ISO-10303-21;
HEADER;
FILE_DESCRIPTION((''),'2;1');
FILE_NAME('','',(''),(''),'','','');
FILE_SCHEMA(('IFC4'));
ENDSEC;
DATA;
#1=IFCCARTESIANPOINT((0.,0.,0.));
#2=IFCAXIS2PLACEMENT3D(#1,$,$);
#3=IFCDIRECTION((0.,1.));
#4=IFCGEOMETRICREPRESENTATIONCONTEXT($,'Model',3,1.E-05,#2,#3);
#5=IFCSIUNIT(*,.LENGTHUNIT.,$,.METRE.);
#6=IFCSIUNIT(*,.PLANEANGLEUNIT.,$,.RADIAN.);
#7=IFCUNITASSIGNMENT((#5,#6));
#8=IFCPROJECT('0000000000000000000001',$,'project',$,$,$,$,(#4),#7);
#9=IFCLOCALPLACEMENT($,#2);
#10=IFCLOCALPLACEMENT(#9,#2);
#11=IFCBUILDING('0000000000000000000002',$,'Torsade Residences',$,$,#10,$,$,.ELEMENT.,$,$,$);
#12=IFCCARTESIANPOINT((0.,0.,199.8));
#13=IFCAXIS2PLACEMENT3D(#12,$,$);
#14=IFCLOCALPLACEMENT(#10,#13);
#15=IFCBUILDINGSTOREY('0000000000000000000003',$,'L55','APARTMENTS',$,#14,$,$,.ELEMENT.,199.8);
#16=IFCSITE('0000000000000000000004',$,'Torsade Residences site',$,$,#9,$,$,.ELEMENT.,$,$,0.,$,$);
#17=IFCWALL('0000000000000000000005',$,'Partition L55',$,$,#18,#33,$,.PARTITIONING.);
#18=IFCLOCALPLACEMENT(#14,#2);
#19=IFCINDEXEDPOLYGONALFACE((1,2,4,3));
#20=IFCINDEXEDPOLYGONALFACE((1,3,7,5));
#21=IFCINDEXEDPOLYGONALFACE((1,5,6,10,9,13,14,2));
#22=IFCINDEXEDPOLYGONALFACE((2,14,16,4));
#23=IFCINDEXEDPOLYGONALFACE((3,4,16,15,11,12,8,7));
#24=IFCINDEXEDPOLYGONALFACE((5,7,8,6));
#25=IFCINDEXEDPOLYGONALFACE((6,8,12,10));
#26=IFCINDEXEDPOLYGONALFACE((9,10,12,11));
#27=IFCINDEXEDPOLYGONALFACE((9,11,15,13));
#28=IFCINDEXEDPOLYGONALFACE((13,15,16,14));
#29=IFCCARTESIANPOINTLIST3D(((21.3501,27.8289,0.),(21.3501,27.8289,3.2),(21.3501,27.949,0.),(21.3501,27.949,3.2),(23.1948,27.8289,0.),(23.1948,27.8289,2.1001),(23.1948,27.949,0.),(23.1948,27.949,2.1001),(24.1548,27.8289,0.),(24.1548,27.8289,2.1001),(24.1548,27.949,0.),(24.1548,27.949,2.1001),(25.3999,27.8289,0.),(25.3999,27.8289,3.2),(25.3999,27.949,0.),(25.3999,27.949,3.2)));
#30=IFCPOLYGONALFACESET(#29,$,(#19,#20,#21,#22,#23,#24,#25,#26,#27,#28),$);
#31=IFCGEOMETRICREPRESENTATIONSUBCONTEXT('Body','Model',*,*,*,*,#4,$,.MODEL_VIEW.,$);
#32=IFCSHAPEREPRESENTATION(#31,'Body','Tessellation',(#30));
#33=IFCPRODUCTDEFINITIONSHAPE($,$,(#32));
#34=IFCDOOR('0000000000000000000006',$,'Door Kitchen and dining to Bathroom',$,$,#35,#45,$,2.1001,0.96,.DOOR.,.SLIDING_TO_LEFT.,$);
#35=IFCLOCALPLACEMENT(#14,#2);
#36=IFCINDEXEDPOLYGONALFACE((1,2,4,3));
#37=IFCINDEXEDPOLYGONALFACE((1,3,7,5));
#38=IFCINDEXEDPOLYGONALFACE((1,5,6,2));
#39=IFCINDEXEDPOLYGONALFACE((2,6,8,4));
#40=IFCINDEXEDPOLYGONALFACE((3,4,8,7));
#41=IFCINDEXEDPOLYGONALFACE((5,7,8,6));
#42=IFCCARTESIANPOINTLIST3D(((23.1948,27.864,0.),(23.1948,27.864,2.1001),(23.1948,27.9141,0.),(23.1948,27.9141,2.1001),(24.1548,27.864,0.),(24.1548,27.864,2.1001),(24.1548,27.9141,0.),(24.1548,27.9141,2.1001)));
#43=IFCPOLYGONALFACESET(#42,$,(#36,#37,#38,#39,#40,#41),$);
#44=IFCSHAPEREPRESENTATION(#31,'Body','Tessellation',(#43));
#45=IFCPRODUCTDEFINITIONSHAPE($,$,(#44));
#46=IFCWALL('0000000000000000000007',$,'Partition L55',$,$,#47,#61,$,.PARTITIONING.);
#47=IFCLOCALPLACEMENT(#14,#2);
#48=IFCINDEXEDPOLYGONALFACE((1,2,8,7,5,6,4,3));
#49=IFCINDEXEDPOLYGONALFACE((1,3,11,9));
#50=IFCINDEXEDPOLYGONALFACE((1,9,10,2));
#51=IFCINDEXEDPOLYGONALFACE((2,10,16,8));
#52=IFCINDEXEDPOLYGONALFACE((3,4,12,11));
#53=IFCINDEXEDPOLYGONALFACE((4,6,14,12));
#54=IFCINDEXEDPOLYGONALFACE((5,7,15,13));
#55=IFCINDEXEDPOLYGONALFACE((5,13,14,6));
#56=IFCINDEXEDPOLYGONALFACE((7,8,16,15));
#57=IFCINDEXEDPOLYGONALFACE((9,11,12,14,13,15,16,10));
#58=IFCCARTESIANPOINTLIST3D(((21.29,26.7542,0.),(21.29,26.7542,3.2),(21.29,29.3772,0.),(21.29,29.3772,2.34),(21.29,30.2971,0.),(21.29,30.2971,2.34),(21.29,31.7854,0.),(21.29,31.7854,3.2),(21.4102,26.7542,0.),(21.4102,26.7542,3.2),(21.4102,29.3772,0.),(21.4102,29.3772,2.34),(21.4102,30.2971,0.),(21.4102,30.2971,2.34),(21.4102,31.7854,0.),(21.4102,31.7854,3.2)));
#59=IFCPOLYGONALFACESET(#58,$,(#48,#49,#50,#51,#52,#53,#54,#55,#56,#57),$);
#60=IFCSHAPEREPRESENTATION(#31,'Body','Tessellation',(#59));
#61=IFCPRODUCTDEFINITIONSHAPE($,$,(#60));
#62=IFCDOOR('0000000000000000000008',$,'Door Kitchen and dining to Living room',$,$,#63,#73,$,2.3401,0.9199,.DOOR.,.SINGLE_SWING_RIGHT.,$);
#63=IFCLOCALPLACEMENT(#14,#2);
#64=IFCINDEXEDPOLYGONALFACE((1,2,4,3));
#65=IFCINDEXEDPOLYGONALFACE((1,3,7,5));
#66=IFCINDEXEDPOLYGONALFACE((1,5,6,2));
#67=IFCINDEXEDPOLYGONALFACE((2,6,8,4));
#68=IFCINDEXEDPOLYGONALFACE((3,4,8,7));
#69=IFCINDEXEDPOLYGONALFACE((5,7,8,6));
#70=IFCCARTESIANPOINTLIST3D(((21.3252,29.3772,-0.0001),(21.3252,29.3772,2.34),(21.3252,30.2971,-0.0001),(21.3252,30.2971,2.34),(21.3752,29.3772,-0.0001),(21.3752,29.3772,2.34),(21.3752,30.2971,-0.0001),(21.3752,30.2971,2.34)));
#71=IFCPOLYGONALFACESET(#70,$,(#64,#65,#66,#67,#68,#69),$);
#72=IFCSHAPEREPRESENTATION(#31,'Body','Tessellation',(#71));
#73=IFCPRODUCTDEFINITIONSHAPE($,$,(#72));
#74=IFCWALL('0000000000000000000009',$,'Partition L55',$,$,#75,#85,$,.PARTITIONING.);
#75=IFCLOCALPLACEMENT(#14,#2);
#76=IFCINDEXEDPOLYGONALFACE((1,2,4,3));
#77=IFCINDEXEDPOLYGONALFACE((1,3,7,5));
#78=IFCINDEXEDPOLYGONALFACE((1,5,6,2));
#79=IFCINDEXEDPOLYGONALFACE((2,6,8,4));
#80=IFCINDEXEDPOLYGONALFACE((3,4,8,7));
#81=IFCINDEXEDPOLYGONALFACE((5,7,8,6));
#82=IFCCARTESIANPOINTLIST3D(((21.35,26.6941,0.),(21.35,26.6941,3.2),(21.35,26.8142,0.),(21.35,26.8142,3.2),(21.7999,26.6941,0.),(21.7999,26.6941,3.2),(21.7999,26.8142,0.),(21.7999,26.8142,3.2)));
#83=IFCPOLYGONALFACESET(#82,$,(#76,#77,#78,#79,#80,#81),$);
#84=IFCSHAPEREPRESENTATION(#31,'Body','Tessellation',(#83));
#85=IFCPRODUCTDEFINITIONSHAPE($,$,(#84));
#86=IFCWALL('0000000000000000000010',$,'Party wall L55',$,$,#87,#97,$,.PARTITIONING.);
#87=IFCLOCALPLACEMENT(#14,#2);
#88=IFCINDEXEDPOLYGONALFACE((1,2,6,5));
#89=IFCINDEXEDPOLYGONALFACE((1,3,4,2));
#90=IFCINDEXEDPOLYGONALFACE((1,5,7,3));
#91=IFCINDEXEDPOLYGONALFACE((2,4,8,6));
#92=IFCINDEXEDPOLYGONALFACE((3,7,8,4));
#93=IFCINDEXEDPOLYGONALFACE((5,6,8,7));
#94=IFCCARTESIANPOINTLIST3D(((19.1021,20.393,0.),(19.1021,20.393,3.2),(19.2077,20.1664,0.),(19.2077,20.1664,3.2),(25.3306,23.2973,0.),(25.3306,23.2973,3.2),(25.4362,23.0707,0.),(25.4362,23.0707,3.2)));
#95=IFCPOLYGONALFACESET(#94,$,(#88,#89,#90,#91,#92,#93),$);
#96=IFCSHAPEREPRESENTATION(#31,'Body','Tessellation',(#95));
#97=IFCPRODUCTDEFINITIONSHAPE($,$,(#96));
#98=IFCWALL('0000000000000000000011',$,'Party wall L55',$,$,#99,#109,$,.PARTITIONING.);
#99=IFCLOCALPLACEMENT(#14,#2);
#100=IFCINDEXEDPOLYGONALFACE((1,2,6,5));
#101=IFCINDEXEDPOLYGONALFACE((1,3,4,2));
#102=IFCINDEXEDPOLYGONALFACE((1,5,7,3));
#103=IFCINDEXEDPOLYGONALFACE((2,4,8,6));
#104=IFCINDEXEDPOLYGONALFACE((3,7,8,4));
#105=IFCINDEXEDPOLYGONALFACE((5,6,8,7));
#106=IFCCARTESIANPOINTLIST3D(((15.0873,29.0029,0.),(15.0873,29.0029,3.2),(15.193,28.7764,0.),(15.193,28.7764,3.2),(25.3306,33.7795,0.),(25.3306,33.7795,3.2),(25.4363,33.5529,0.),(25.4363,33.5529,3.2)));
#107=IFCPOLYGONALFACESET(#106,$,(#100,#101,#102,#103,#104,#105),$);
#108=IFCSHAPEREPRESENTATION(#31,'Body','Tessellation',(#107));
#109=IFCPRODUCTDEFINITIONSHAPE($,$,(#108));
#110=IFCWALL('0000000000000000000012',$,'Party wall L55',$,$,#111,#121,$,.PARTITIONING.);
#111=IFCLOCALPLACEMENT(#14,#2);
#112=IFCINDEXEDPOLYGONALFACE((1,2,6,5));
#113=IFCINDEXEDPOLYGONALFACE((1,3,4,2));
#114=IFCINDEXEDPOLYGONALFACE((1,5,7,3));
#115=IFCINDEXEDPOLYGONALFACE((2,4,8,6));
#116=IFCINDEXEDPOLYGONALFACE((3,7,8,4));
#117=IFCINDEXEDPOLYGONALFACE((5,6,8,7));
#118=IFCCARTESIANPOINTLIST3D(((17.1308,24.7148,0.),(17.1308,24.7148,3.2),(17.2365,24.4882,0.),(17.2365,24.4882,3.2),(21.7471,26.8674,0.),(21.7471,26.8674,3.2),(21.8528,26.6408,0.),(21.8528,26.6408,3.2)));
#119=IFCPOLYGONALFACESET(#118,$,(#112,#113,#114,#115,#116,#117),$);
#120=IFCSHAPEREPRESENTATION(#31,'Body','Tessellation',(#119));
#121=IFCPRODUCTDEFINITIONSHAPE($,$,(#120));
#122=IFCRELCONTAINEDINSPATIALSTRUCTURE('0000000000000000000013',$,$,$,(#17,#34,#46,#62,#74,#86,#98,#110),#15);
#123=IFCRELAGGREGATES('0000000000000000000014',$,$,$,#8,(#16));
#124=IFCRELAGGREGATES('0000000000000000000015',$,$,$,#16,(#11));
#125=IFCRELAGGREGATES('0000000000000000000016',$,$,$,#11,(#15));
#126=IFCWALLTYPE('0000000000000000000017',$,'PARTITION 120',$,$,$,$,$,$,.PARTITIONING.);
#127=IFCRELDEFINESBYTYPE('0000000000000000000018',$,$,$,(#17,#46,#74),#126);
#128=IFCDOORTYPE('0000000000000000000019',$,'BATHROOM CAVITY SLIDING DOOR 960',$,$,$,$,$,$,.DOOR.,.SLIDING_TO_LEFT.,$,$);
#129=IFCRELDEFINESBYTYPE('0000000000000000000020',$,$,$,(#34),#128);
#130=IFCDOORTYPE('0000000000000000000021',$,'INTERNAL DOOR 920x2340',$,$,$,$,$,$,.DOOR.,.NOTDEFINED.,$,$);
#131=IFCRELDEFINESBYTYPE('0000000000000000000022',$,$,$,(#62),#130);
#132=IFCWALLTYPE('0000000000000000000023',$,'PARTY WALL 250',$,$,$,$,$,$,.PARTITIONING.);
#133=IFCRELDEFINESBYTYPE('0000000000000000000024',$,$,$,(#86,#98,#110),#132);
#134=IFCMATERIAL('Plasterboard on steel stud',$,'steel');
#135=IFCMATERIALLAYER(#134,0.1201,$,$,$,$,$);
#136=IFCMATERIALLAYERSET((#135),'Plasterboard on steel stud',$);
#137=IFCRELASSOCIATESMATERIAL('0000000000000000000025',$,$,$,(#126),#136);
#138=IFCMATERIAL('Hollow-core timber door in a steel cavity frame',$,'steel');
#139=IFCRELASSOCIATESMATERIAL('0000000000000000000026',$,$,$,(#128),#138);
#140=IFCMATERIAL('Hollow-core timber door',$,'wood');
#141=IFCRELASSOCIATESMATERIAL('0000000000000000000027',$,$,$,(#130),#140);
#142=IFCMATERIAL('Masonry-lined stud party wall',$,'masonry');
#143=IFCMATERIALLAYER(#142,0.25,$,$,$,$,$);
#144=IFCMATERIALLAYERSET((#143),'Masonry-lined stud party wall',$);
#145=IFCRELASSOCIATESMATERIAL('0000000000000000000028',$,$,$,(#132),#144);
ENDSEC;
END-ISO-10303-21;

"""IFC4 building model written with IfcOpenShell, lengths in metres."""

from ifc_helpers import new_model, si_unit, direction, frame, frame_2d, origin, place, context, subcontext, project, spatial, rectangle, extrude, material, layer, layer_set, type_object, element, fill, save


model = new_model("IFC4")

# Units and contexts
model_context = context("Model", 3, precision=1e-05, world=origin(), true_north=direction((0.0, 1.0)))
body_context = subcontext(model_context, "Body", "Model", "MODEL_VIEW")
ifc_project = project(units=[si_unit("LENGTHUNIT", "METRE"), si_unit("PLANEANGLEUNIT", "RADIAN")], contexts=[model_context])

# Site, building, storey
site_placement = place(None, origin())
site = spatial("IfcSite", under=ifc_project, at=site_placement, Name="Torsade Residences site", CompositionType="ELEMENT", RefElevation=0.0)
building_placement = place(site_placement, origin())
building = spatial("IfcBuilding", under=site, at=building_placement, Name="Torsade Residences", CompositionType="ELEMENT")
storey_placement = place(building_placement, frame((0.0, 0.0, 199.8)))
storey = spatial("IfcBuildingStorey", under=building, at=storey_placement, Name="L55", Description="APARTMENTS", CompositionType="ELEMENT", Elevation=199.8)

# Walls, openings, doors
ifc_material_1 = material(Name="Plasterboard on steel stud", Category="steel")
ifc_layer_1 = layer(ifc_material_1, 0.1201)
ifc_layer_set_1 = layer_set([ifc_layer_1], Name="Plasterboard on steel stud")
wall_type_1 = type_object("IfcWallType", Name="PARTITION 120", PredefinedType="PARTITIONING", material=ifc_layer_set_1)
wall_1_placement = place(storey_placement, frame((25.3999, 27.8889, 0.0), z_axis=(0.0, 0.0, 1.0), x_axis=(-1.0, 0.0, 0.0)))
wall_1 = element("IfcWall", 1, at=wall_1_placement, inside=storey, type_object=wall_type_1, Name="Partition L55", PredefinedType="PARTITIONING", context=body_context, shape_type="SweptSolid", body=[
    extrude(rectangle(XDim=4.0498, YDim=0.1201, at=frame_2d((2.0249, 0.0))), origin(), (0.0, 0.0, 1.0), 3.2),
])
opening_1_placement = place(wall_1_placement, frame((1.2451, 0.0, 0.0)))
opening_1 = element("IfcOpeningElement", 2, at=opening_1_placement, cuts=wall_1, PredefinedType="OPENING", context=body_context, shape_type="SweptSolid", body=[
    extrude(rectangle(XDim=0.96, YDim=2.1001, at=frame_2d((0.48, 1.05))), frame((0.0, 0.0701, 0.0), z_axis=(0.0, -1.0, 0.0), x_axis=(1.0, 0.0, 0.0)), (0.0, 0.0, 1.0), 0.1401),
])
ifc_material_2 = material(Name="Hollow-core timber door in a steel cavity frame", Category="steel")
door_type_1 = type_object("IfcDoorType", Name="BATHROOM CAVITY SLIDING DOOR 960", OperationType="SLIDING_TO_LEFT", PredefinedType="DOOR", material=ifc_material_2)
door_1_placement = place(opening_1_placement, origin())
door_1 = element("IfcDoor", 3, at=door_1_placement, inside=storey, type_object=door_type_1, Name="Door Kitchen and dining to Bathroom", OperationType="SLIDING_TO_LEFT", OverallHeight=2.1001, OverallWidth=0.96, PredefinedType="DOOR", context=body_context, shape_type="SweptSolid", body=[
    extrude(rectangle(XDim=0.96, YDim=2.1001, at=frame_2d((0.48, 1.05))), frame((0.0, 0.0249, 0.0), z_axis=(0.0, -1.0, 0.0), x_axis=(1.0, 0.0, 0.0)), (0.0, 0.0, 1.0), 0.05),
])
fill(opening_1, door_1)
wall_2_placement = place(storey_placement, frame((21.3501, 26.7542, 0.0), z_axis=(0.0, 0.0, 1.0), x_axis=(0.0, 1.0, 0.0)))
wall_2 = element("IfcWall", 4, at=wall_2_placement, inside=storey, type_object=wall_type_1, Name="Partition L55", PredefinedType="PARTITIONING", context=body_context, shape_type="SweptSolid", body=[
    extrude(rectangle(XDim=5.0312, YDim=0.1201, at=frame_2d((2.5156, 0.0))), origin(), (0.0, 0.0, 1.0), 3.2),
])
opening_2_placement = place(wall_2_placement, frame((2.623, 0.0, 0.0)))
opening_2 = element("IfcOpeningElement", 5, at=opening_2_placement, cuts=wall_2, PredefinedType="OPENING", context=body_context, shape_type="SweptSolid", body=[
    extrude(rectangle(XDim=0.9199, YDim=2.3401, at=frame_2d((0.46, 1.1699))), frame((0.0, 0.0701, 0.0), z_axis=(0.0, -1.0, 0.0), x_axis=(1.0, 0.0, 0.0)), (0.0, 0.0, 1.0), 0.1401),
])
ifc_material_3 = material(Name="Hollow-core timber door", Category="wood")
door_type_2 = type_object("IfcDoorType", Name="INTERNAL DOOR 920x2340", OperationType="NOTDEFINED", PredefinedType="DOOR", material=ifc_material_3)
door_2_placement = place(opening_2_placement, origin())
door_2 = element("IfcDoor", 6, at=door_2_placement, inside=storey, type_object=door_type_2, Name="Door Kitchen and dining to Living room", OperationType="SINGLE_SWING_RIGHT", OverallHeight=2.3401, OverallWidth=0.9199, PredefinedType="DOOR", context=body_context, shape_type="SweptSolid", body=[
    extrude(rectangle(XDim=0.9199, YDim=2.3401, at=frame_2d((0.46, 1.1699))), frame((0.0, 0.0249, 0.0), z_axis=(0.0, -1.0, 0.0), x_axis=(1.0, 0.0, 0.0)), (0.0, 0.0, 1.0), 0.05),
])
fill(opening_2, door_2)

# Walls
wall_3_placement = place(storey_placement, frame((21.8, 26.7542, 0.0), z_axis=(0.0, 0.0, 1.0), x_axis=(-1.0, 0.0, 0.0)))
element("IfcWall", 7, at=wall_3_placement, inside=storey, type_object=wall_type_1, Name="Partition L55", PredefinedType="PARTITIONING", context=body_context, shape_type="SweptSolid", body=[
    extrude(rectangle(XDim=0.45, YDim=0.1201, at=frame_2d((0.2251, 0.0))), origin(), (0.0, 0.0, 1.0), 3.2),
])
ifc_material_4 = material(Name="Masonry-lined stud party wall", Category="masonry")
ifc_layer_2 = layer(ifc_material_4, 0.25)
ifc_layer_set_2 = layer_set([ifc_layer_2], Name="Masonry-lined stud party wall")
wall_type_2 = type_object("IfcWallType", Name="PARTY WALL 250", PredefinedType="PARTITIONING", material=ifc_layer_set_2)
wall_4_placement = place(storey_placement, frame((19.155, 20.2798, 0.0), z_axis=(0.0, 0.0, 1.0), x_axis=(0.906314, 0.422605, 0.0)))
element("IfcWall", 8, at=wall_4_placement, inside=storey, type_object=wall_type_2, Name="Party wall L55", PredefinedType="PARTITIONING", context=body_context, shape_type="SweptSolid", body=[
    extrude(rectangle(XDim=6.8723, YDim=0.25, at=frame_2d((3.436, 0.0))), origin(), (0.0, 0.0, 1.0), 3.2),
])
wall_5_placement = place(storey_placement, frame((15.1401, 28.8896, 0.0), z_axis=(0.0, 0.0, 1.0), x_axis=(0.906307, 0.422621, 0.0)))
element("IfcWall", 9, at=wall_5_placement, inside=storey, type_object=wall_type_2, Name="Party wall L55", PredefinedType="PARTITIONING", context=body_context, shape_type="SweptSolid", body=[
    extrude(rectangle(XDim=11.3022, YDim=0.25, at=frame_2d((5.6511, 0.0))), origin(), (0.0, 0.0, 1.0), 3.2),
])
wall_6_placement = place(storey_placement, frame((21.8, 26.7542, 0.0), z_axis=(0.0, 0.0, 1.0), x_axis=(-0.906307, -0.42262, 0.0)))
element("IfcWall", 10, at=wall_6_placement, inside=storey, type_object=wall_type_2, Name="Party wall L55", PredefinedType="PARTITIONING", context=body_context, shape_type="SweptSolid", body=[
    extrude(rectangle(XDim=5.0935, YDim=0.25, at=frame_2d((2.5469, 0.0))), origin(), (0.0, 0.0, 1.0), 3.2),
])

save(model, "model.ifc")
